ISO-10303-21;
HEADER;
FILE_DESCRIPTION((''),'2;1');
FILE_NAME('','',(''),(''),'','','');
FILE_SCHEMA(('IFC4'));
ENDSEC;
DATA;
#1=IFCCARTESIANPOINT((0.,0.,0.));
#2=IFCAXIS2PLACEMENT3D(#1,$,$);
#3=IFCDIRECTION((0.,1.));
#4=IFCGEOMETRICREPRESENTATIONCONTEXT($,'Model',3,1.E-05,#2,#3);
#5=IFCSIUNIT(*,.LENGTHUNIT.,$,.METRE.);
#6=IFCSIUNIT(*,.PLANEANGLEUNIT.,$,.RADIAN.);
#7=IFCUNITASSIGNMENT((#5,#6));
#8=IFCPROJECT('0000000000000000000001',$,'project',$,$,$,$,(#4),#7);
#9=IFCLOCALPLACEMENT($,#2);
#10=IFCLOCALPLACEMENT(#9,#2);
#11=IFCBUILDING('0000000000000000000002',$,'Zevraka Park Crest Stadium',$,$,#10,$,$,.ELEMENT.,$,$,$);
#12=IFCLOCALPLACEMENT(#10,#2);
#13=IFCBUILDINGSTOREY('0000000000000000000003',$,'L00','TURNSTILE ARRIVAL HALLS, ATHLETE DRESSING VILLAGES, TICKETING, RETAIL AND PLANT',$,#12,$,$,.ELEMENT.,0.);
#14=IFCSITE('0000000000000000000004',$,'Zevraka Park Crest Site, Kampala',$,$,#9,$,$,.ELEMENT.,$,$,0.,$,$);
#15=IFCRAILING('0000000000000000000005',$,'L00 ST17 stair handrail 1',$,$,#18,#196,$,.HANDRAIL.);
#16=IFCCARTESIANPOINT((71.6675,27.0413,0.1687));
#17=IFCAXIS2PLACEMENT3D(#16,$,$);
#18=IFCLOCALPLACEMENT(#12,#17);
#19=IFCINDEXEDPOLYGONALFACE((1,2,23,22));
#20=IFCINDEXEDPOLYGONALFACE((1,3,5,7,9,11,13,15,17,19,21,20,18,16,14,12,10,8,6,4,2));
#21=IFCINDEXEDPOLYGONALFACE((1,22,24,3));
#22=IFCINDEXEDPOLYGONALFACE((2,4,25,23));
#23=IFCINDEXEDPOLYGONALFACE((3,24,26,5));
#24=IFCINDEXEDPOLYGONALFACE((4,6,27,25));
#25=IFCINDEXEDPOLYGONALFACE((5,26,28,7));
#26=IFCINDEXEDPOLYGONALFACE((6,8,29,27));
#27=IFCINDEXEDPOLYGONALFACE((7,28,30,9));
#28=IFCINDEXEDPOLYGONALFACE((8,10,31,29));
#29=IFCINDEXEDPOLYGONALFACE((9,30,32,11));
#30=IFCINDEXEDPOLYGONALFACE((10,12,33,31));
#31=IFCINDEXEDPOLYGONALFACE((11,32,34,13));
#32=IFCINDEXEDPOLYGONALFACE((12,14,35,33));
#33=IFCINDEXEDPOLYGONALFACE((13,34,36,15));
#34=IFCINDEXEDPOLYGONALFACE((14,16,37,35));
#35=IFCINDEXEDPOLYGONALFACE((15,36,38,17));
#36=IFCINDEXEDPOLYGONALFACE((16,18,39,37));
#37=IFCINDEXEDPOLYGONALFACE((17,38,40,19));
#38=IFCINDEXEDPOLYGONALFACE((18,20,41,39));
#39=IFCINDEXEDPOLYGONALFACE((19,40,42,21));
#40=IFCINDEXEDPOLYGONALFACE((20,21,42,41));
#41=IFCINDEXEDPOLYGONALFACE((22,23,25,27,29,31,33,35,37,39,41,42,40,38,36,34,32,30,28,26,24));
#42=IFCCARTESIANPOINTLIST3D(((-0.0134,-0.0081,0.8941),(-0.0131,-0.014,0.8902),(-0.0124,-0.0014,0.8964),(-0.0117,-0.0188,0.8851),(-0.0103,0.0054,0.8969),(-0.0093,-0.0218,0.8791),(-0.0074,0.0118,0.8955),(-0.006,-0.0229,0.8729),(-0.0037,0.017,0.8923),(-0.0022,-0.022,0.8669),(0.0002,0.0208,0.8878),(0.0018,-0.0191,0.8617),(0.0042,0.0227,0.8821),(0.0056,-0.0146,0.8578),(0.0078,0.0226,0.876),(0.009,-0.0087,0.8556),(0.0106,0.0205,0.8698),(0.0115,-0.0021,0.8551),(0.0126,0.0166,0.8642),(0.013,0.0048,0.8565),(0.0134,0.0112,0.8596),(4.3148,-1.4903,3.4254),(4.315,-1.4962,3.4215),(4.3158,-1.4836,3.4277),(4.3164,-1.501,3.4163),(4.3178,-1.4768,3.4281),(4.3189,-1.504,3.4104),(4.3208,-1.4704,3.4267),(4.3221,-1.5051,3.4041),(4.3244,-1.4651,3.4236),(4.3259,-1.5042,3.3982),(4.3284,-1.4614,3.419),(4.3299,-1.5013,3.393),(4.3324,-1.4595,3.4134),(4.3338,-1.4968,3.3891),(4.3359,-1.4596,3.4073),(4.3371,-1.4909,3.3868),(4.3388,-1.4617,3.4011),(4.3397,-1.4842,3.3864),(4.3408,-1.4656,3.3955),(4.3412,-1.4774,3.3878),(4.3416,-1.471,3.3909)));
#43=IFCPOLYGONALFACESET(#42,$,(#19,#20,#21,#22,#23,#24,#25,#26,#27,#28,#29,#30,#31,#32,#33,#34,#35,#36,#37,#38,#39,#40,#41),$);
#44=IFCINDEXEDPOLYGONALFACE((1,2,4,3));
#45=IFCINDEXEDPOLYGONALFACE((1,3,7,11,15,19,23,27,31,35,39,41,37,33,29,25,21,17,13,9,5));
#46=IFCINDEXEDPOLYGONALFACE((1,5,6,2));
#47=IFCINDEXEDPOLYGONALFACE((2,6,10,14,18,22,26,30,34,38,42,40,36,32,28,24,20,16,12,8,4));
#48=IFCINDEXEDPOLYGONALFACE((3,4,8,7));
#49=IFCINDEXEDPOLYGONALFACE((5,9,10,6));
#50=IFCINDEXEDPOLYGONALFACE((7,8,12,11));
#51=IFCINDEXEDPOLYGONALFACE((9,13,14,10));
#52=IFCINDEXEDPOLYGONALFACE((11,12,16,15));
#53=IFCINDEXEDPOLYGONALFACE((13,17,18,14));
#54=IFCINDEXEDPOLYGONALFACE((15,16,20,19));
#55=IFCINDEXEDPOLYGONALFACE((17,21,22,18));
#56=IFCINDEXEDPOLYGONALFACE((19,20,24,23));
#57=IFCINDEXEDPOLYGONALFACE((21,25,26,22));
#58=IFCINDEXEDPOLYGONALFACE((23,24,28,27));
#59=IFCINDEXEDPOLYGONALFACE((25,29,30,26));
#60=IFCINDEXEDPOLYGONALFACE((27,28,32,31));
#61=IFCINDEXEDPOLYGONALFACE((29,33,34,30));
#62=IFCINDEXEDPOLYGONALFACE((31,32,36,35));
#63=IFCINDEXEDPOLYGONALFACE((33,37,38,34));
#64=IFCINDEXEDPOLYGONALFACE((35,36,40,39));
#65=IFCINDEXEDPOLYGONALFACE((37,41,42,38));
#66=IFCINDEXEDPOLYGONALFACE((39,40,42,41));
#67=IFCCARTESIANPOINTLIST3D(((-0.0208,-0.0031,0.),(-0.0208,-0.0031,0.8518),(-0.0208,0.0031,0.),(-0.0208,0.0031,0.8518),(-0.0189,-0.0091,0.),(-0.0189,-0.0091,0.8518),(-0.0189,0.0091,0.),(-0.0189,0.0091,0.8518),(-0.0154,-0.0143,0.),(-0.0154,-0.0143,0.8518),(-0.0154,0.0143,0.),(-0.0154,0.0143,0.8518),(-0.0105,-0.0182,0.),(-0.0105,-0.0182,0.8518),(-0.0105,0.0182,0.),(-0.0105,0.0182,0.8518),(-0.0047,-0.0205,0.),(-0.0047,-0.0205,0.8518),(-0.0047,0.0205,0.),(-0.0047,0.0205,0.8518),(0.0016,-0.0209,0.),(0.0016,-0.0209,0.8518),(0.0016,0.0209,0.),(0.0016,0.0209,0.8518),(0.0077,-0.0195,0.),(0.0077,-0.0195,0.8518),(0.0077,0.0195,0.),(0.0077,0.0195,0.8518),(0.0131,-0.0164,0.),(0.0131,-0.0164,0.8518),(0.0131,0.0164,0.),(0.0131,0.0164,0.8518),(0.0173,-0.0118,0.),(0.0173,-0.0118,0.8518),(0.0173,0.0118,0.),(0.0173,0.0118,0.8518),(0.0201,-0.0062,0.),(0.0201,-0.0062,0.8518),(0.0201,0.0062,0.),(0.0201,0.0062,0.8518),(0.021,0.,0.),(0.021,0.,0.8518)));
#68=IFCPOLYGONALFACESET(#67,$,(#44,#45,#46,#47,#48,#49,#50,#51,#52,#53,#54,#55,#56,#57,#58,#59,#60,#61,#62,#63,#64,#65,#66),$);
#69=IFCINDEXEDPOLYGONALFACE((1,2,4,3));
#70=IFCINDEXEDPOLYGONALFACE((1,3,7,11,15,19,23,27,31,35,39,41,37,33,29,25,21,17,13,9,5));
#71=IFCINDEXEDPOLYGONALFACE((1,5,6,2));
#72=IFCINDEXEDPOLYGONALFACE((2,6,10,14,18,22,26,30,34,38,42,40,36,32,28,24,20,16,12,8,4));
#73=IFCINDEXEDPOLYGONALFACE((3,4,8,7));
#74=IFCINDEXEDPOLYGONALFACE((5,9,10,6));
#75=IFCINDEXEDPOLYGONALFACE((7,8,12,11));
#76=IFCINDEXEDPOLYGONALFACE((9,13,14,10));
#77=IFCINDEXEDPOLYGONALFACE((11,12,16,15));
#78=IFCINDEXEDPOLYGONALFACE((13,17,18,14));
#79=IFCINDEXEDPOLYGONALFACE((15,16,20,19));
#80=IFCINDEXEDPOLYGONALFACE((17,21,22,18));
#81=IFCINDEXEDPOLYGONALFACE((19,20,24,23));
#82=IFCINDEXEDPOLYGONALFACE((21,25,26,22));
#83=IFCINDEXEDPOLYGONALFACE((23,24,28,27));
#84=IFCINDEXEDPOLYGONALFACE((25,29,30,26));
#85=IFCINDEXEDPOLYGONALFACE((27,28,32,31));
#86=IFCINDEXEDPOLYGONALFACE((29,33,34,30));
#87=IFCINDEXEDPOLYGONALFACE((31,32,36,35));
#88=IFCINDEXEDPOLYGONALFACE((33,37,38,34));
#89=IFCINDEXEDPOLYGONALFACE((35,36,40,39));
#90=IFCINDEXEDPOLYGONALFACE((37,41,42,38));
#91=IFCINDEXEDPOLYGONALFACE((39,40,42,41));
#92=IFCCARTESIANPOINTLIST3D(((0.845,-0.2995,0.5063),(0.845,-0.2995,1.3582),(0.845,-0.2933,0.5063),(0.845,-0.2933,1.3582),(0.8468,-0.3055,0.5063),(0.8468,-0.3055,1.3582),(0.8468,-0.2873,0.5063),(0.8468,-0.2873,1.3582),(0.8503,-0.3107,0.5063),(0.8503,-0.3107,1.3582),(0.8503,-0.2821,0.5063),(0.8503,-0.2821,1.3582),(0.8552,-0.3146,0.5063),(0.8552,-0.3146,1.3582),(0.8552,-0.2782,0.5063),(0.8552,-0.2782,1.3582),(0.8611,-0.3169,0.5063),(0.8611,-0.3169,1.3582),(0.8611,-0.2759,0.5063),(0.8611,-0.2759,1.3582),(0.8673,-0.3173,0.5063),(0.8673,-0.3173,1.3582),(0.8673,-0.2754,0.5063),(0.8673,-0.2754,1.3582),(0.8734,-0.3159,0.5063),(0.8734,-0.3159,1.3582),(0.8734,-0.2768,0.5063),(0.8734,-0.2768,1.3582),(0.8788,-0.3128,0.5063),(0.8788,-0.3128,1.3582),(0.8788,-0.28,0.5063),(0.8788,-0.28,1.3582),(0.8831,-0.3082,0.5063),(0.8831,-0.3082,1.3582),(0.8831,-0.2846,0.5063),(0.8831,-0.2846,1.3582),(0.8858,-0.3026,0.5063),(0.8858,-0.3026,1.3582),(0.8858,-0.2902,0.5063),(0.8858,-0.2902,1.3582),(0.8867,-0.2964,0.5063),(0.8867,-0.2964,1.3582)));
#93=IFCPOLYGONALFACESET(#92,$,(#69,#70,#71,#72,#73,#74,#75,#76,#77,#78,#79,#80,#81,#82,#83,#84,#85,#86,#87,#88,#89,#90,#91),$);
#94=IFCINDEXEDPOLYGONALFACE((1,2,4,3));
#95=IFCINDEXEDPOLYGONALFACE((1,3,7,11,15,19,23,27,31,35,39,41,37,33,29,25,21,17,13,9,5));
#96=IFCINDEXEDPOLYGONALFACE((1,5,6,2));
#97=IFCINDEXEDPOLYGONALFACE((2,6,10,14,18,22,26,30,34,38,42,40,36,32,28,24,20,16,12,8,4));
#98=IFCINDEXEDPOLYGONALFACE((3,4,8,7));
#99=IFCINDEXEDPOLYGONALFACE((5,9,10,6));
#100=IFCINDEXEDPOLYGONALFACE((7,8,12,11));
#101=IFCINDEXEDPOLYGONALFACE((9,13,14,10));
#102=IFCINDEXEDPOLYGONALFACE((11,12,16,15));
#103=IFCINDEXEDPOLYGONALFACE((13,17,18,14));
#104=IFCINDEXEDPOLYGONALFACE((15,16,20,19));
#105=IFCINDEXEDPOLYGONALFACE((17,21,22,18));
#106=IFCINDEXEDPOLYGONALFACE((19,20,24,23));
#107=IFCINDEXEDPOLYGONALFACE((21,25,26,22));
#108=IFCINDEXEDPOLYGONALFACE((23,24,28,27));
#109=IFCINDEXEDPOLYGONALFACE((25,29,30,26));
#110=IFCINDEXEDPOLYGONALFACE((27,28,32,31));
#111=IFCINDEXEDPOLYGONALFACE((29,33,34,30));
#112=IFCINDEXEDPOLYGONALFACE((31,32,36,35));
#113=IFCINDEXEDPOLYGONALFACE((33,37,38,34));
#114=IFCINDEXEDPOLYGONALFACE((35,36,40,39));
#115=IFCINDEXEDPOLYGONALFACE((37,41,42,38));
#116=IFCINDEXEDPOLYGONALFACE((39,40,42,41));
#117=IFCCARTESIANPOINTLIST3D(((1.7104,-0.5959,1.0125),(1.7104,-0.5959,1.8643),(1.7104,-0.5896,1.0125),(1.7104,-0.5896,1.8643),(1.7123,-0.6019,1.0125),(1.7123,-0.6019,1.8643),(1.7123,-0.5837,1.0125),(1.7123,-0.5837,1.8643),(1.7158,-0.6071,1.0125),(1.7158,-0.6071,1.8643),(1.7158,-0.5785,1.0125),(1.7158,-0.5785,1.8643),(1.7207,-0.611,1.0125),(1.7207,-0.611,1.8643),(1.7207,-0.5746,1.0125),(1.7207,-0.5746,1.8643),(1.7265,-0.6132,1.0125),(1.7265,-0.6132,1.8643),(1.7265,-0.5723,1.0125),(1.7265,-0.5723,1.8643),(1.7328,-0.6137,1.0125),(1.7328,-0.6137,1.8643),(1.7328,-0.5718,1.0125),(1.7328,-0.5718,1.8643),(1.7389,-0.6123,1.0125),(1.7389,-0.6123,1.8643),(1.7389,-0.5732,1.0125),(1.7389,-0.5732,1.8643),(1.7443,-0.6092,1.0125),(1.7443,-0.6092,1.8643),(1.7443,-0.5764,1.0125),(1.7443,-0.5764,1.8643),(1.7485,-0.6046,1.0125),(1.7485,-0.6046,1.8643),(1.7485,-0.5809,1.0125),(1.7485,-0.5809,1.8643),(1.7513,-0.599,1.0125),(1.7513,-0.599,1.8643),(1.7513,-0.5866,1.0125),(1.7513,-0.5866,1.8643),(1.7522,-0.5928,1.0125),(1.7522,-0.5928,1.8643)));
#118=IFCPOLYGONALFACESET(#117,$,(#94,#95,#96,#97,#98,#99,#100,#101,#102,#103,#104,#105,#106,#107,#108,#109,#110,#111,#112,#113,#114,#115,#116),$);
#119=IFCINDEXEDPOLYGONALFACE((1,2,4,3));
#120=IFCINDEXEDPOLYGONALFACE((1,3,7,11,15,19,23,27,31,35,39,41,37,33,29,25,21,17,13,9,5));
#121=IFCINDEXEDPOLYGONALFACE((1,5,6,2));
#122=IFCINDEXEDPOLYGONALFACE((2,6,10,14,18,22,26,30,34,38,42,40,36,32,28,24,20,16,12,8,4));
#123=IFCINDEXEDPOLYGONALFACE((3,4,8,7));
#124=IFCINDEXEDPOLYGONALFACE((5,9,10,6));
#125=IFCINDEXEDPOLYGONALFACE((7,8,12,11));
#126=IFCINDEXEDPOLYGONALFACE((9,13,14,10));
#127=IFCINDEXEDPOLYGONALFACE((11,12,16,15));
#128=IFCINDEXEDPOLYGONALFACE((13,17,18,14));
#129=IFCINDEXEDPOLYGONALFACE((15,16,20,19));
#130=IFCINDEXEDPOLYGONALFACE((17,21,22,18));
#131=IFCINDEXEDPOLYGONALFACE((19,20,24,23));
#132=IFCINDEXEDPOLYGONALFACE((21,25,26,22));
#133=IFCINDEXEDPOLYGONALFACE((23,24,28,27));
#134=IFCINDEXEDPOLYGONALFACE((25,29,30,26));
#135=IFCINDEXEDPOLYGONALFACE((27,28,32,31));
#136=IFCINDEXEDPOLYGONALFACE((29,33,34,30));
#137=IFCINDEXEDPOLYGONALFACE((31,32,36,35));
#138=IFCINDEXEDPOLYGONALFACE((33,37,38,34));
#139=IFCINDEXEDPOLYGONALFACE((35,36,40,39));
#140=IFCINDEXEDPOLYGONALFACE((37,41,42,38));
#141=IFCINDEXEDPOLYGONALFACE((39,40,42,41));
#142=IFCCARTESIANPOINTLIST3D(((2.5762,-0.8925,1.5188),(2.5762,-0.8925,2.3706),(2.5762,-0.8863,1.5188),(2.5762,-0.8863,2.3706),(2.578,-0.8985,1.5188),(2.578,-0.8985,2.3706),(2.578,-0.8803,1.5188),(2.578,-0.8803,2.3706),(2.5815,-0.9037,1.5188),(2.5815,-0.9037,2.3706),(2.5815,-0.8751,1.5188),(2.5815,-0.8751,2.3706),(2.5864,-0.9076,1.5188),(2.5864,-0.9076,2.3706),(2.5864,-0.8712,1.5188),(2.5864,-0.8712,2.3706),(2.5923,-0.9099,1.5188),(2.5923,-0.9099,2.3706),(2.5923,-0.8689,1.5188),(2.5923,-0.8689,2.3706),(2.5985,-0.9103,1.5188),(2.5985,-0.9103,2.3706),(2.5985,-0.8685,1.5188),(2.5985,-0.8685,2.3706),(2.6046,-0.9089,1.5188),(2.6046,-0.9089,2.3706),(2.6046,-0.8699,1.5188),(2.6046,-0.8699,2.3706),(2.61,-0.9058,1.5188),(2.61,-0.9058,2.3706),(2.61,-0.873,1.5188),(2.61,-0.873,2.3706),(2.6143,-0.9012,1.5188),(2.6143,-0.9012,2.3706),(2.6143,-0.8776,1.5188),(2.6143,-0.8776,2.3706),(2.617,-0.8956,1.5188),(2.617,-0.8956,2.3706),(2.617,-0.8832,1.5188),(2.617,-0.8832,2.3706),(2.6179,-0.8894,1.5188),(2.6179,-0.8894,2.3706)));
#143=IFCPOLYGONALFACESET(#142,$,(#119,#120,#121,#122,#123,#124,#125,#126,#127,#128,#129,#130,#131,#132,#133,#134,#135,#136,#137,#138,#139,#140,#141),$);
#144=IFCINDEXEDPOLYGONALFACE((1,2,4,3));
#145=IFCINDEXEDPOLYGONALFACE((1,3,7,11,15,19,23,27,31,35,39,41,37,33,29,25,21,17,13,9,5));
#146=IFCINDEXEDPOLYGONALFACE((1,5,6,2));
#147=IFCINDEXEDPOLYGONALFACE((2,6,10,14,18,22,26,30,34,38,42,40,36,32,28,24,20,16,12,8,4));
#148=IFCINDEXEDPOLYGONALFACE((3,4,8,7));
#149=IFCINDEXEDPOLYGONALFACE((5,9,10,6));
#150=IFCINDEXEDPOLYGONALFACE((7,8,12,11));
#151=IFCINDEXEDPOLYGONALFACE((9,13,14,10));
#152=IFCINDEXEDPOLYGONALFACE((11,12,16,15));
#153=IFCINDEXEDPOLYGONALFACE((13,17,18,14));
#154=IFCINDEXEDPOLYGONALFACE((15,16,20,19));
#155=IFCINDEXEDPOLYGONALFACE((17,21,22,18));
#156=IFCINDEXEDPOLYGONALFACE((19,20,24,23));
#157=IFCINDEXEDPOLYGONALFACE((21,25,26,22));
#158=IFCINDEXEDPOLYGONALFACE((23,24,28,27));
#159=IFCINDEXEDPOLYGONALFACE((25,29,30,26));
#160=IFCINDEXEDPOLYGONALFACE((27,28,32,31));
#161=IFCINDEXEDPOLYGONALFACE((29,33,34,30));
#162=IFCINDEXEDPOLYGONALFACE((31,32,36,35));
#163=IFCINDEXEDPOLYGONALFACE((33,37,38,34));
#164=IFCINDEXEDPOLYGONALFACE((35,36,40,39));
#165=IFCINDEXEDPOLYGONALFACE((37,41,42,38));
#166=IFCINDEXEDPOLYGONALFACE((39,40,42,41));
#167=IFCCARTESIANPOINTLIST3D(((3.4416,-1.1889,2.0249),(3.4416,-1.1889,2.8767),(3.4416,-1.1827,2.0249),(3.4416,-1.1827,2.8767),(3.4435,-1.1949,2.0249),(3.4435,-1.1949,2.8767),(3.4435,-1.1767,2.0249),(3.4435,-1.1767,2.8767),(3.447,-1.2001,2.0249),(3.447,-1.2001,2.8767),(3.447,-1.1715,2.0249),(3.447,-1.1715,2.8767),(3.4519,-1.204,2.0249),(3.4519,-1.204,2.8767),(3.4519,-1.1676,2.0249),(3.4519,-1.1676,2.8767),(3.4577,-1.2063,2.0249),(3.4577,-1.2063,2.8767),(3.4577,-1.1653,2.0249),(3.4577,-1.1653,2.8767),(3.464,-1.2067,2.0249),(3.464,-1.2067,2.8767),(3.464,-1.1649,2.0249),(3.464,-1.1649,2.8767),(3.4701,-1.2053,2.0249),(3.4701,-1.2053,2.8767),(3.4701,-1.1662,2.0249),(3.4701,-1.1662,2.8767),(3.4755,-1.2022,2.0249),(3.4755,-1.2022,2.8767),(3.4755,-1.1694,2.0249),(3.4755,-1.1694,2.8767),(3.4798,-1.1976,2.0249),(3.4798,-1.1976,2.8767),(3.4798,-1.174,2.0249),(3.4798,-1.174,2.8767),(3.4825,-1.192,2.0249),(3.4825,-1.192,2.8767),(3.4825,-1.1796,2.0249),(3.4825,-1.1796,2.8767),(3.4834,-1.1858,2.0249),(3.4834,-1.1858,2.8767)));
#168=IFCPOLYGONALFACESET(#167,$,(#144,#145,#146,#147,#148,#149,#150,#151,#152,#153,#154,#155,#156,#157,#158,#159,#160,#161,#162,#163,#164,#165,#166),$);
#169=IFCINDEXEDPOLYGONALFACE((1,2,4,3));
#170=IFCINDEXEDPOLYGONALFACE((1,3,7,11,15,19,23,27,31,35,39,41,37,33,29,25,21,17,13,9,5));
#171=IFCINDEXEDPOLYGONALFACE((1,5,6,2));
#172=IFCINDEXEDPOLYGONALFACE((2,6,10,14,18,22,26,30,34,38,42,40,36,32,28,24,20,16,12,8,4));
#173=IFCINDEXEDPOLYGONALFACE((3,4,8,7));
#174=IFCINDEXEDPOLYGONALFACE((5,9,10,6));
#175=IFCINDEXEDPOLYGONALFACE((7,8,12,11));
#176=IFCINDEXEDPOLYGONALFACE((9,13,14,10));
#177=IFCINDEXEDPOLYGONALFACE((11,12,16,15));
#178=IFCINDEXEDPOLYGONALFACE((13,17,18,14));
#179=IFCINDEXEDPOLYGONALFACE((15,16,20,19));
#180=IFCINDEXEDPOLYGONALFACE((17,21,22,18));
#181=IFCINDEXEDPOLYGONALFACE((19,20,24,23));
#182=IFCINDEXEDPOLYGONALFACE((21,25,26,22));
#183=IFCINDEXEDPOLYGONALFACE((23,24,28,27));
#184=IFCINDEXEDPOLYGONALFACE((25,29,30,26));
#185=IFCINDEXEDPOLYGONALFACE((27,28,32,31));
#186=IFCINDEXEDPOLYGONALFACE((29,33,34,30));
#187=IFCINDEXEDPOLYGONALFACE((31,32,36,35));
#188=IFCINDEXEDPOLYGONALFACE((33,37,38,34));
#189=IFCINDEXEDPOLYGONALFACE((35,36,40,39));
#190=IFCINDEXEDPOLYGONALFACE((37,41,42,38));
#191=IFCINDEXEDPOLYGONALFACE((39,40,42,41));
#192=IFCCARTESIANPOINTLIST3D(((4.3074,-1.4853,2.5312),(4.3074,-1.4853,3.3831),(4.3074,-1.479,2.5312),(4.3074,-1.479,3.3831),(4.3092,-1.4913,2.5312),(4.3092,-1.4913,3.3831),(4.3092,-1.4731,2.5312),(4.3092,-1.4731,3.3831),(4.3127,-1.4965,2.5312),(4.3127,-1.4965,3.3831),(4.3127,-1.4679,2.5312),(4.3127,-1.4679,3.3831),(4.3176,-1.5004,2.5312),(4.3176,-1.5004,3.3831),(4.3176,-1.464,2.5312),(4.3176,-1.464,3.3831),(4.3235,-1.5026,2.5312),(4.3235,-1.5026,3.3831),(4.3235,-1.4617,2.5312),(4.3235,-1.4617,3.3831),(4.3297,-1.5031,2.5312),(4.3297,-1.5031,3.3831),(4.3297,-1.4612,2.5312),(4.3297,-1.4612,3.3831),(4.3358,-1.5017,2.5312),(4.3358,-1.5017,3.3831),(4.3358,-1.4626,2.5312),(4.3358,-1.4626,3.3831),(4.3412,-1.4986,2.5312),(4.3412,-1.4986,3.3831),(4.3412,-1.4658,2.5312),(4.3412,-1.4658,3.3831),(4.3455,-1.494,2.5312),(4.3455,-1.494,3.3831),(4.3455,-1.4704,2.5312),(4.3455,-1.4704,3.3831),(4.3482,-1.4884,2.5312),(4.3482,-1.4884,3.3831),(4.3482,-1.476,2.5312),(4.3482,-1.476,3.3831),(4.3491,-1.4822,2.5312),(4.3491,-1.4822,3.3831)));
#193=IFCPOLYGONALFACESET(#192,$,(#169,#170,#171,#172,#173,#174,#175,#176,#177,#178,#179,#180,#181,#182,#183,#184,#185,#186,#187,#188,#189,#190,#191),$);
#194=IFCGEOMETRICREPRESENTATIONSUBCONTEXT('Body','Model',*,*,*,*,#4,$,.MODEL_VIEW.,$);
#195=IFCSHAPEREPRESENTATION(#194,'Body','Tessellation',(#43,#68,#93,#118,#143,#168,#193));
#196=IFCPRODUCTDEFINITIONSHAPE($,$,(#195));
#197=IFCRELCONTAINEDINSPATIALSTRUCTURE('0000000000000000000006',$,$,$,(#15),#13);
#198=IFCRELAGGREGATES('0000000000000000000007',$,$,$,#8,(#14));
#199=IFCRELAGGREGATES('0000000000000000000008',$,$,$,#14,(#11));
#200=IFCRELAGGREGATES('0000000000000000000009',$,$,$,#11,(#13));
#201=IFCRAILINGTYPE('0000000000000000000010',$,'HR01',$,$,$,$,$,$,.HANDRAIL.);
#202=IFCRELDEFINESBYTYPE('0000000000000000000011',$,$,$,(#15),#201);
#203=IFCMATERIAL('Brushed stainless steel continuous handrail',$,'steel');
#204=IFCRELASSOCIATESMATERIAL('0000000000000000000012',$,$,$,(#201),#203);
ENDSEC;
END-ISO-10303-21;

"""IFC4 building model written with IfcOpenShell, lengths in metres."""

from ifc_helpers import new_model, si_unit, direction, frame, origin, origin_2d, place, context, subcontext, project, spatial, circle, extrude, material, type_object, element, save


model = new_model("IFC4")

# Units and contexts
model_context = context("Model", 3, precision=1e-05, world=origin(), true_north=direction((0.0, 1.0)))
body_context = subcontext(model_context, "Body", "Model", "MODEL_VIEW")
ifc_project = project(units=[si_unit("LENGTHUNIT", "METRE"), si_unit("PLANEANGLEUNIT", "RADIAN")], contexts=[model_context])

# Site, building, storey
site_placement = place(None, origin())
site = spatial("IfcSite", under=ifc_project, at=site_placement, Name="Zevraka Park Crest Site, Kampala", CompositionType="ELEMENT", RefElevation=0.0)
building_placement = place(site_placement, origin())
building = spatial("IfcBuilding", under=site, at=building_placement, Name="Zevraka Park Crest Stadium", CompositionType="ELEMENT")
storey_placement = place(building_placement, origin())
storey = spatial("IfcBuildingStorey", under=building, at=storey_placement, Name="L00", Description="TURNSTILE ARRIVAL HALLS, ATHLETE DRESSING VILLAGES, TICKETING, RETAIL AND PLANT", CompositionType="ELEMENT", Elevation=0.0)

# Railing
ifc_material_1 = material(Name="Brushed stainless steel continuous handrail", Category="steel")
railing_type = type_object("IfcRailingType", Name="HR01", PredefinedType="HANDRAIL", material=ifc_material_1)
railing_placement = place(storey_placement, frame((71.6675, 27.0413, 0.1687)))
element("IfcRailing", 1, at=railing_placement, inside=storey, type_object=railing_type, Name="L00 ST17 stair handrail 1", PredefinedType="HANDRAIL", context=body_context, shape_type="SweptSolid", body=[
    extrude(circle(Radius=0.0239, at=origin_2d()), frame((0.0, 0.0, 0.876), z_axis=(0.827802, -0.283483, 0.48413), x_axis=(0.323982, 0.946063, 0.0)), (0.0, 0.0, 1.0), 5.2285),
    extrude(circle(Radius=0.021, at=origin_2d()), origin(), (0.0, 0.0, 1.0), 0.8518),
    extrude(circle(Radius=0.021, at=origin_2d()), frame((0.8657, -0.2964, 0.5063)), (0.0, 0.0, 1.0), 0.8518),
    extrude(circle(Radius=0.021, at=origin_2d()), frame((1.7312, -0.5928, 1.0125)), (0.0, 0.0, 1.0), 0.8518),
    extrude(circle(Radius=0.021, at=origin_2d()), frame((2.5969, -0.8894, 1.5188)), (0.0, 0.0, 1.0), 0.8518),
    extrude(circle(Radius=0.021, at=origin_2d()), frame((3.4624, -1.1858, 2.0249)), (0.0, 0.0, 1.0), 0.8518),
    extrude(circle(Radius=0.021, at=origin_2d()), frame((4.3281, -1.4822, 2.5312)), (0.0, 0.0, 1.0), 0.8518),
])

save(model, "model.ifc")
